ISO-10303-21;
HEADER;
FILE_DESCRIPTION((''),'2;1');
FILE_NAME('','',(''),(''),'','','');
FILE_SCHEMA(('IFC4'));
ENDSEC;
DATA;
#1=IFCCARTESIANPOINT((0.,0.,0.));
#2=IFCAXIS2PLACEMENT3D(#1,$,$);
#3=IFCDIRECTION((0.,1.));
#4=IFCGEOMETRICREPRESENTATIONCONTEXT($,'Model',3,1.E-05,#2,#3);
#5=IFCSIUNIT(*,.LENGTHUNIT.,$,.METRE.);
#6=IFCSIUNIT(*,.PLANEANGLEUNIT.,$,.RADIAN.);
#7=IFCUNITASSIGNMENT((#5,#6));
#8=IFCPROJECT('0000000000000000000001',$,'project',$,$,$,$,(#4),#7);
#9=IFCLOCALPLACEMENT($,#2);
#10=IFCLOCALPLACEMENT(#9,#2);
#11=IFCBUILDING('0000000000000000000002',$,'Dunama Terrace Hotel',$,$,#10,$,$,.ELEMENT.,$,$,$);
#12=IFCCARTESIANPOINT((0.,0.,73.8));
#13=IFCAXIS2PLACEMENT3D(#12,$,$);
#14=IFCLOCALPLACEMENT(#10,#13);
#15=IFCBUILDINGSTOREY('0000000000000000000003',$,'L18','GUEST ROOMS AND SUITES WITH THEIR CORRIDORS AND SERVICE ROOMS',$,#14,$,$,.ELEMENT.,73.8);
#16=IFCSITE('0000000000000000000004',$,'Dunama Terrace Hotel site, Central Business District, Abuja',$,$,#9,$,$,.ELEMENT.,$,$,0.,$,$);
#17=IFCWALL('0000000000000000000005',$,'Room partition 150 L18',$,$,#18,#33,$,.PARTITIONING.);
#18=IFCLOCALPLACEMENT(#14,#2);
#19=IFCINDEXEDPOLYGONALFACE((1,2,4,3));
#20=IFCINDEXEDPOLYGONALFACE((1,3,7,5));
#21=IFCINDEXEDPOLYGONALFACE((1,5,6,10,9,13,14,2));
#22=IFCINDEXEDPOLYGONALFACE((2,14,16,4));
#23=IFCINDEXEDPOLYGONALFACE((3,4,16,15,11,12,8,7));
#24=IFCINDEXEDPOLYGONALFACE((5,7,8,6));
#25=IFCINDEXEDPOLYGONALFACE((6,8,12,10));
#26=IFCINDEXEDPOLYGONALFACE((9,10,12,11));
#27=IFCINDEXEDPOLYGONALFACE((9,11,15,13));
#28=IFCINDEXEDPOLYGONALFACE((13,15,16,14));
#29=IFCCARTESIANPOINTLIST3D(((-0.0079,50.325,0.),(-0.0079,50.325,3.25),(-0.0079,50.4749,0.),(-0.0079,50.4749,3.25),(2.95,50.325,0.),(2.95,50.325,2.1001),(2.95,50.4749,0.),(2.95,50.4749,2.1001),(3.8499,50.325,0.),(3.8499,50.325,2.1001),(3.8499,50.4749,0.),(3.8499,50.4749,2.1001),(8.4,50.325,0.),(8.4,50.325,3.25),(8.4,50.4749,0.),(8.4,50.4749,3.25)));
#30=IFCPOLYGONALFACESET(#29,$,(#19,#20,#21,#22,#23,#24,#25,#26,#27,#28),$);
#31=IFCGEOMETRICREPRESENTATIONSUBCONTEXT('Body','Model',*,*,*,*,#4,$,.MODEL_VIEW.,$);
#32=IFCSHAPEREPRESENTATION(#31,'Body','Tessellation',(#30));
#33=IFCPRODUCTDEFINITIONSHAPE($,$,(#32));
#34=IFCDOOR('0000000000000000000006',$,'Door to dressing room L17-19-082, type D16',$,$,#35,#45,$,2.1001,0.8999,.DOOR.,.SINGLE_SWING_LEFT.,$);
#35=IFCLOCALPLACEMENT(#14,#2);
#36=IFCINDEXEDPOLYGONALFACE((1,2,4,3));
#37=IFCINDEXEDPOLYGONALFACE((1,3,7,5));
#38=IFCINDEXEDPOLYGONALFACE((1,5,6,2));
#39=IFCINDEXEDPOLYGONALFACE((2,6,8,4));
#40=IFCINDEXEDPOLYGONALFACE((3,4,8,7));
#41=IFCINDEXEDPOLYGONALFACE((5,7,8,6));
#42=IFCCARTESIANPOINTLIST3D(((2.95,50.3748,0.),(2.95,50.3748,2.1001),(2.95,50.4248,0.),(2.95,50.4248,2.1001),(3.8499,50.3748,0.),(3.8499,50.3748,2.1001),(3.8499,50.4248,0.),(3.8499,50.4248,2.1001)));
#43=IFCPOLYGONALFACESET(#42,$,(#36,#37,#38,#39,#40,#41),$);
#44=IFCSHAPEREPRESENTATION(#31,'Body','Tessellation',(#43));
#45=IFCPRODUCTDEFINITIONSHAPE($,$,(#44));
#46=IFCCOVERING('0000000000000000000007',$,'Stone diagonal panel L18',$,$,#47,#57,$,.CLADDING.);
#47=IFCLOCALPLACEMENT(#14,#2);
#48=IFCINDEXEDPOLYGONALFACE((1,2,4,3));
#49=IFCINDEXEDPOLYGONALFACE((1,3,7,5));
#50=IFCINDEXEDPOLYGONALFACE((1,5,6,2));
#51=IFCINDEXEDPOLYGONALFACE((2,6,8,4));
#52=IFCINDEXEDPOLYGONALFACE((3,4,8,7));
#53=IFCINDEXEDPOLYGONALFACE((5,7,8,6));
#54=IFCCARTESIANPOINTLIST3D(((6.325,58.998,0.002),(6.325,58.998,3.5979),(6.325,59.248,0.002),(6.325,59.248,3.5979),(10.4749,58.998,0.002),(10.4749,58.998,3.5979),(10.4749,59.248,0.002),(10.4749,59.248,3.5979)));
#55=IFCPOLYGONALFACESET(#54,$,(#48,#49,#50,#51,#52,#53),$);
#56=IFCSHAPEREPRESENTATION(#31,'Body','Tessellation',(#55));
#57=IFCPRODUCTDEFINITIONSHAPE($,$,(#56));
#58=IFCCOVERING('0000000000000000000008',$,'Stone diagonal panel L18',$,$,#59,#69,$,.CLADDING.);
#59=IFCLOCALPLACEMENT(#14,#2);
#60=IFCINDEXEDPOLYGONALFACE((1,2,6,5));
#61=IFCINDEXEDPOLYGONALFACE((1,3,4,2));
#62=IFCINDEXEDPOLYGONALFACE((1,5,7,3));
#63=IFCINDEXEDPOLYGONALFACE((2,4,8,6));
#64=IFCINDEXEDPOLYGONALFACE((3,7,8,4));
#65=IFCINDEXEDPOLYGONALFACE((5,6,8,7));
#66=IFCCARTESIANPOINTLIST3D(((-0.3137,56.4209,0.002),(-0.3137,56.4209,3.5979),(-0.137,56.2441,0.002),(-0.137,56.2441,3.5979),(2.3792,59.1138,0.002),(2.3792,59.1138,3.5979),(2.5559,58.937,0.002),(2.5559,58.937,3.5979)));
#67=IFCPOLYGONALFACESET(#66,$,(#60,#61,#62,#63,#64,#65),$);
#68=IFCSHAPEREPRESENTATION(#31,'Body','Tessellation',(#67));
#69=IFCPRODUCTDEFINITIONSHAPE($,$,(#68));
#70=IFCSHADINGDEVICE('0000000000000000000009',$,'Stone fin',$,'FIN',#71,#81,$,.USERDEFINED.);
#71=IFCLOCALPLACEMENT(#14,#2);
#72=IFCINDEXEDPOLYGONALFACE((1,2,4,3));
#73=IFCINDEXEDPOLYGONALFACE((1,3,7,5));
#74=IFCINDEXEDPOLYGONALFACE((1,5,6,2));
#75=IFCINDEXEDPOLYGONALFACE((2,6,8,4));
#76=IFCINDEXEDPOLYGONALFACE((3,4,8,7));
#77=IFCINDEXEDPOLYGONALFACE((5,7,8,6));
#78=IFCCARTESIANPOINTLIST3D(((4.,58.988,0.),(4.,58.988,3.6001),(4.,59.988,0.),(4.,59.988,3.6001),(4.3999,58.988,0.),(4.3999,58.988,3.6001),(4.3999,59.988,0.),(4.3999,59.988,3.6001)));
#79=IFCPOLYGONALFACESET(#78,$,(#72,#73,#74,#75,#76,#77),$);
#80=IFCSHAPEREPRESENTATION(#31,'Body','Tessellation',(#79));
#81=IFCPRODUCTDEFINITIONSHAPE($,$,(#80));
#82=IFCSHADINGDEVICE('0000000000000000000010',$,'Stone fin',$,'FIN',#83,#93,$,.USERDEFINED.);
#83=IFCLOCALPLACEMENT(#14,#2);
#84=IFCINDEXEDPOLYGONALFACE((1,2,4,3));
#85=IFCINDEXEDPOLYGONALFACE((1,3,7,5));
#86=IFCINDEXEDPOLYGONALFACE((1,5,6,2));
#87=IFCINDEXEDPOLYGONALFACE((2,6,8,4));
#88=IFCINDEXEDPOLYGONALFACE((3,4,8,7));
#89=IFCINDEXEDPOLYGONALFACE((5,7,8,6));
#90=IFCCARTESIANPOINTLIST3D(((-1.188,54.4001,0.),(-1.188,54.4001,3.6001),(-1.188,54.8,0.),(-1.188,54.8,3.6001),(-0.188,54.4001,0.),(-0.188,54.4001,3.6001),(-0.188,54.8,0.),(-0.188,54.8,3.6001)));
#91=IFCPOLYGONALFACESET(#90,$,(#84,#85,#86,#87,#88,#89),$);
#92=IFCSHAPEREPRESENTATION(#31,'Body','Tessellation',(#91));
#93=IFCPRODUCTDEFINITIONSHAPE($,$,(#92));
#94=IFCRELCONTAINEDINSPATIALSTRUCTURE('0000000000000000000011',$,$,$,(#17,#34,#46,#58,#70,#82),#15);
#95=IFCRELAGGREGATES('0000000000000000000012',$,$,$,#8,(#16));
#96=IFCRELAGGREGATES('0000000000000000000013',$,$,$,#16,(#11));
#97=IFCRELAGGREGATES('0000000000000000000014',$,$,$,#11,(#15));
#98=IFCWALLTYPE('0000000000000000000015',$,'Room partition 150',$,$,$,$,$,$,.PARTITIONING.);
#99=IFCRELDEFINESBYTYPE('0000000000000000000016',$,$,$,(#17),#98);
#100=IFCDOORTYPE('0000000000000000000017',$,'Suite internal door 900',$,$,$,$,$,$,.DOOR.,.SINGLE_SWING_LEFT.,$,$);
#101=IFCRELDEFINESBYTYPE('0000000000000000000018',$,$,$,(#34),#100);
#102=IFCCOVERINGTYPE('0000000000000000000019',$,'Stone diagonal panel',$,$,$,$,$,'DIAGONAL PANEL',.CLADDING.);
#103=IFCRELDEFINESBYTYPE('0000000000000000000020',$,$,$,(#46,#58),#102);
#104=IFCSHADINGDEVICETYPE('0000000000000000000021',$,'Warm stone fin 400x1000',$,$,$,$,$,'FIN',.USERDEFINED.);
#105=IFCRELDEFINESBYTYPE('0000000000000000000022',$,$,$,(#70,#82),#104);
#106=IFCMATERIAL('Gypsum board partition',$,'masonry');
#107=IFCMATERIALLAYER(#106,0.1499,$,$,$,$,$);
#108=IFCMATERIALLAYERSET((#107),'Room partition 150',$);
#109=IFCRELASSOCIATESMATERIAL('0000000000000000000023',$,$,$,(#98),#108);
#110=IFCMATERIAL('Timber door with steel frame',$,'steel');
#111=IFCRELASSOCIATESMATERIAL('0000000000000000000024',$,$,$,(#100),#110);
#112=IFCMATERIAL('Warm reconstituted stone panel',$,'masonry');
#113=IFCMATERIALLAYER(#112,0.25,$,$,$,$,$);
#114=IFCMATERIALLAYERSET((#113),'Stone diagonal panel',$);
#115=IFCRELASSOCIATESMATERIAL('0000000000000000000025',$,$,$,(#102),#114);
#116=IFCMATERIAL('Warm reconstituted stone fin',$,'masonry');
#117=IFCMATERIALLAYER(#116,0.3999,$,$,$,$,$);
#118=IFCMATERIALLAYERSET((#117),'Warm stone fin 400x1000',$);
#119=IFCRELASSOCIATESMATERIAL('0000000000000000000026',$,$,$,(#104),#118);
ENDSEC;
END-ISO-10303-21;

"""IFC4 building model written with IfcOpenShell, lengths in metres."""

from ifc_helpers import new_model, si_unit, direction, frame, frame_2d, origin, origin_2d, place, context, subcontext, project, spatial, rectangle, extrude, material, layer, layer_set, type_object, element, fill, save


model = new_model("IFC4")

# Units and contexts
model_context = context("Model", 3, precision=1e-05, world=origin(), true_north=direction((0.0, 1.0)))
body_context = subcontext(model_context, "Body", "Model", "MODEL_VIEW")
ifc_project = project(units=[si_unit("LENGTHUNIT", "METRE"), si_unit("PLANEANGLEUNIT", "RADIAN")], contexts=[model_context])

# Site, building, storey
site_placement = place(None, origin())
site = spatial("IfcSite", under=ifc_project, at=site_placement, Name="Dunama Terrace Hotel site, Central Business District, Abuja", CompositionType="ELEMENT", RefElevation=0.0)
building_placement = place(site_placement, origin())
building = spatial("IfcBuilding", under=site, at=building_placement, Name="Dunama Terrace Hotel", CompositionType="ELEMENT")
storey_placement = place(building_placement, frame((0.0, 0.0, 73.8)))
storey = spatial("IfcBuildingStorey", under=building, at=storey_placement, Name="L18", Description="GUEST ROOMS AND SUITES WITH THEIR CORRIDORS AND SERVICE ROOMS", CompositionType="ELEMENT", Elevation=73.8)

# Wall, opening, door
ifc_material_1 = material(Name="Gypsum board partition", Category="masonry")
ifc_layer_1 = layer(ifc_material_1, 0.1499)
ifc_layer_set_1 = layer_set([ifc_layer_1], Name="Room partition 150")
wall_type_1 = type_object("IfcWallType", Name="Room partition 150", PredefinedType="PARTITIONING", material=ifc_layer_set_1)
wall_1_placement = place(storey_placement, frame((-0.0081, 50.3999, 0.0), z_axis=(0.0, 0.0, 1.0), x_axis=(1.0, 0.0, 0.0)))
wall_1 = element("IfcWall", 1, at=wall_1_placement, inside=storey, type_object=wall_type_1, Name="Room partition 150 L18", PredefinedType="PARTITIONING", context=body_context, shape_type="SweptSolid", body=[
    extrude(rectangle(XDim=8.408, YDim=0.1499, at=frame_2d((4.2041, 0.0))), origin(), (0.0, 0.0, 1.0), 3.25),
])
opening_1_placement = place(wall_1_placement, frame((2.958, 0.0, 0.0)))
opening_1 = element("IfcOpeningElement", 2, at=opening_1_placement, cuts=wall_1, PredefinedType="OPENING", context=body_context, shape_type="SweptSolid", body=[
    extrude(rectangle(XDim=0.8999, YDim=2.1001, at=frame_2d((0.45, 1.05))), frame((0.0, 0.085, 0.0), z_axis=(0.0, -1.0, 0.0), x_axis=(1.0, 0.0, 0.0)), (0.0, 0.0, 1.0), 0.1699),
])
ifc_material_2 = material(Name="Timber door with steel frame", Category="steel")
door_type_1 = type_object("IfcDoorType", Name="Suite internal door 900", OperationType="SINGLE_SWING_LEFT", PredefinedType="DOOR", material=ifc_material_2)
door_1_placement = place(opening_1_placement, frame((0.8999, 0.0, 0.0), z_axis=(0.0, 0.0, 1.0), x_axis=(-1.0, 0.0, 0.0)))
door_1 = element("IfcDoor", 3, at=door_1_placement, inside=storey, type_object=door_type_1, Name="Door to dressing room L17-19-082, type D16", OperationType="SINGLE_SWING_LEFT", OverallHeight=2.1001, OverallWidth=0.8999, PredefinedType="DOOR", context=body_context, shape_type="SweptSolid", body=[
    extrude(rectangle(XDim=0.8999, YDim=2.1001, at=frame_2d((0.45, 1.05))), frame((0.0, 0.0251, 0.0), z_axis=(0.0, -1.0, 0.0), x_axis=(1.0, 0.0, 0.0)), (0.0, 0.0, 1.0), 0.05),
])
fill(opening_1, door_1)

# Coverings
ifc_material_3 = material(Name="Warm reconstituted stone panel", Category="masonry")
ifc_layer_2 = layer(ifc_material_3, 0.25)
ifc_layer_set_2 = layer_set([ifc_layer_2], Name="Stone diagonal panel")
covering_type = type_object("IfcCoveringType", Name="Stone diagonal panel", ElementType="DIAGONAL PANEL", PredefinedType="CLADDING", material=ifc_layer_set_2)
covering_1_placement = place(storey_placement, frame((8.3999, 59.123, 0.002), z_axis=(0.0, 0.0, 1.0), x_axis=(-1.0, 0.0, 0.0)))
element("IfcCovering", 4, at=covering_1_placement, inside=storey, type_object=covering_type, Name="Stone diagonal panel L18", PredefinedType="CLADDING", context=body_context, shape_type="SweptSolid", body=[
    extrude(rectangle(XDim=4.1499, YDim=0.25, at=origin_2d()), origin(), (0.0, 0.0, 1.0), 3.5959),
])
covering_2_placement = place(storey_placement, frame((1.1211, 57.679, 0.002), z_axis=(0.0, 0.0, 1.0), x_axis=(-0.707107, -0.707107, 0.0)))
element("IfcCovering", 5, at=covering_2_placement, inside=storey, type_object=covering_type, Name="Stone diagonal panel L18", PredefinedType="CLADDING", context=body_context, shape_type="SweptSolid", body=[
    extrude(rectangle(XDim=3.8083, YDim=0.25, at=origin_2d()), origin(), (0.0, 0.0, 1.0), 3.5959),
])

# Shading devices
ifc_material_4 = material(Name="Warm reconstituted stone fin", Category="masonry")
ifc_layer_3 = layer(ifc_material_4, 0.3999)
ifc_layer_set_3 = layer_set([ifc_layer_3], Name="Warm stone fin 400x1000")
shading_device_type = type_object("IfcShadingDeviceType", Name="Warm stone fin 400x1000", ElementType="FIN", PredefinedType="USERDEFINED", material=ifc_layer_set_3)
for number, where, z_axis, x_axis, name in (
    (6, (4.2, 59.488, 0.0), (0.0, 0.0, 1.0), (-1.0, 0.0, 0.0), "Stone fin"),
    (7, (-0.688, 54.6001, 0.0), (0.0, 0.0, 1.0), (0.0, -1.0, 0.0), "Stone fin"),
):
    element("IfcShadingDevice", number, at=place(storey_placement, frame(where, z_axis=z_axis, x_axis=x_axis)), inside=storey, type_object=shading_device_type, Name=name, ObjectType="FIN", PredefinedType="USERDEFINED", context=body_context, shape_type="SweptSolid", body=[
        extrude(rectangle(XDim=0.3999, YDim=1.0, at=origin_2d()), origin(), (0.0, 0.0, 1.0), 3.6001),
    ])

save(model, "model.ifc")
